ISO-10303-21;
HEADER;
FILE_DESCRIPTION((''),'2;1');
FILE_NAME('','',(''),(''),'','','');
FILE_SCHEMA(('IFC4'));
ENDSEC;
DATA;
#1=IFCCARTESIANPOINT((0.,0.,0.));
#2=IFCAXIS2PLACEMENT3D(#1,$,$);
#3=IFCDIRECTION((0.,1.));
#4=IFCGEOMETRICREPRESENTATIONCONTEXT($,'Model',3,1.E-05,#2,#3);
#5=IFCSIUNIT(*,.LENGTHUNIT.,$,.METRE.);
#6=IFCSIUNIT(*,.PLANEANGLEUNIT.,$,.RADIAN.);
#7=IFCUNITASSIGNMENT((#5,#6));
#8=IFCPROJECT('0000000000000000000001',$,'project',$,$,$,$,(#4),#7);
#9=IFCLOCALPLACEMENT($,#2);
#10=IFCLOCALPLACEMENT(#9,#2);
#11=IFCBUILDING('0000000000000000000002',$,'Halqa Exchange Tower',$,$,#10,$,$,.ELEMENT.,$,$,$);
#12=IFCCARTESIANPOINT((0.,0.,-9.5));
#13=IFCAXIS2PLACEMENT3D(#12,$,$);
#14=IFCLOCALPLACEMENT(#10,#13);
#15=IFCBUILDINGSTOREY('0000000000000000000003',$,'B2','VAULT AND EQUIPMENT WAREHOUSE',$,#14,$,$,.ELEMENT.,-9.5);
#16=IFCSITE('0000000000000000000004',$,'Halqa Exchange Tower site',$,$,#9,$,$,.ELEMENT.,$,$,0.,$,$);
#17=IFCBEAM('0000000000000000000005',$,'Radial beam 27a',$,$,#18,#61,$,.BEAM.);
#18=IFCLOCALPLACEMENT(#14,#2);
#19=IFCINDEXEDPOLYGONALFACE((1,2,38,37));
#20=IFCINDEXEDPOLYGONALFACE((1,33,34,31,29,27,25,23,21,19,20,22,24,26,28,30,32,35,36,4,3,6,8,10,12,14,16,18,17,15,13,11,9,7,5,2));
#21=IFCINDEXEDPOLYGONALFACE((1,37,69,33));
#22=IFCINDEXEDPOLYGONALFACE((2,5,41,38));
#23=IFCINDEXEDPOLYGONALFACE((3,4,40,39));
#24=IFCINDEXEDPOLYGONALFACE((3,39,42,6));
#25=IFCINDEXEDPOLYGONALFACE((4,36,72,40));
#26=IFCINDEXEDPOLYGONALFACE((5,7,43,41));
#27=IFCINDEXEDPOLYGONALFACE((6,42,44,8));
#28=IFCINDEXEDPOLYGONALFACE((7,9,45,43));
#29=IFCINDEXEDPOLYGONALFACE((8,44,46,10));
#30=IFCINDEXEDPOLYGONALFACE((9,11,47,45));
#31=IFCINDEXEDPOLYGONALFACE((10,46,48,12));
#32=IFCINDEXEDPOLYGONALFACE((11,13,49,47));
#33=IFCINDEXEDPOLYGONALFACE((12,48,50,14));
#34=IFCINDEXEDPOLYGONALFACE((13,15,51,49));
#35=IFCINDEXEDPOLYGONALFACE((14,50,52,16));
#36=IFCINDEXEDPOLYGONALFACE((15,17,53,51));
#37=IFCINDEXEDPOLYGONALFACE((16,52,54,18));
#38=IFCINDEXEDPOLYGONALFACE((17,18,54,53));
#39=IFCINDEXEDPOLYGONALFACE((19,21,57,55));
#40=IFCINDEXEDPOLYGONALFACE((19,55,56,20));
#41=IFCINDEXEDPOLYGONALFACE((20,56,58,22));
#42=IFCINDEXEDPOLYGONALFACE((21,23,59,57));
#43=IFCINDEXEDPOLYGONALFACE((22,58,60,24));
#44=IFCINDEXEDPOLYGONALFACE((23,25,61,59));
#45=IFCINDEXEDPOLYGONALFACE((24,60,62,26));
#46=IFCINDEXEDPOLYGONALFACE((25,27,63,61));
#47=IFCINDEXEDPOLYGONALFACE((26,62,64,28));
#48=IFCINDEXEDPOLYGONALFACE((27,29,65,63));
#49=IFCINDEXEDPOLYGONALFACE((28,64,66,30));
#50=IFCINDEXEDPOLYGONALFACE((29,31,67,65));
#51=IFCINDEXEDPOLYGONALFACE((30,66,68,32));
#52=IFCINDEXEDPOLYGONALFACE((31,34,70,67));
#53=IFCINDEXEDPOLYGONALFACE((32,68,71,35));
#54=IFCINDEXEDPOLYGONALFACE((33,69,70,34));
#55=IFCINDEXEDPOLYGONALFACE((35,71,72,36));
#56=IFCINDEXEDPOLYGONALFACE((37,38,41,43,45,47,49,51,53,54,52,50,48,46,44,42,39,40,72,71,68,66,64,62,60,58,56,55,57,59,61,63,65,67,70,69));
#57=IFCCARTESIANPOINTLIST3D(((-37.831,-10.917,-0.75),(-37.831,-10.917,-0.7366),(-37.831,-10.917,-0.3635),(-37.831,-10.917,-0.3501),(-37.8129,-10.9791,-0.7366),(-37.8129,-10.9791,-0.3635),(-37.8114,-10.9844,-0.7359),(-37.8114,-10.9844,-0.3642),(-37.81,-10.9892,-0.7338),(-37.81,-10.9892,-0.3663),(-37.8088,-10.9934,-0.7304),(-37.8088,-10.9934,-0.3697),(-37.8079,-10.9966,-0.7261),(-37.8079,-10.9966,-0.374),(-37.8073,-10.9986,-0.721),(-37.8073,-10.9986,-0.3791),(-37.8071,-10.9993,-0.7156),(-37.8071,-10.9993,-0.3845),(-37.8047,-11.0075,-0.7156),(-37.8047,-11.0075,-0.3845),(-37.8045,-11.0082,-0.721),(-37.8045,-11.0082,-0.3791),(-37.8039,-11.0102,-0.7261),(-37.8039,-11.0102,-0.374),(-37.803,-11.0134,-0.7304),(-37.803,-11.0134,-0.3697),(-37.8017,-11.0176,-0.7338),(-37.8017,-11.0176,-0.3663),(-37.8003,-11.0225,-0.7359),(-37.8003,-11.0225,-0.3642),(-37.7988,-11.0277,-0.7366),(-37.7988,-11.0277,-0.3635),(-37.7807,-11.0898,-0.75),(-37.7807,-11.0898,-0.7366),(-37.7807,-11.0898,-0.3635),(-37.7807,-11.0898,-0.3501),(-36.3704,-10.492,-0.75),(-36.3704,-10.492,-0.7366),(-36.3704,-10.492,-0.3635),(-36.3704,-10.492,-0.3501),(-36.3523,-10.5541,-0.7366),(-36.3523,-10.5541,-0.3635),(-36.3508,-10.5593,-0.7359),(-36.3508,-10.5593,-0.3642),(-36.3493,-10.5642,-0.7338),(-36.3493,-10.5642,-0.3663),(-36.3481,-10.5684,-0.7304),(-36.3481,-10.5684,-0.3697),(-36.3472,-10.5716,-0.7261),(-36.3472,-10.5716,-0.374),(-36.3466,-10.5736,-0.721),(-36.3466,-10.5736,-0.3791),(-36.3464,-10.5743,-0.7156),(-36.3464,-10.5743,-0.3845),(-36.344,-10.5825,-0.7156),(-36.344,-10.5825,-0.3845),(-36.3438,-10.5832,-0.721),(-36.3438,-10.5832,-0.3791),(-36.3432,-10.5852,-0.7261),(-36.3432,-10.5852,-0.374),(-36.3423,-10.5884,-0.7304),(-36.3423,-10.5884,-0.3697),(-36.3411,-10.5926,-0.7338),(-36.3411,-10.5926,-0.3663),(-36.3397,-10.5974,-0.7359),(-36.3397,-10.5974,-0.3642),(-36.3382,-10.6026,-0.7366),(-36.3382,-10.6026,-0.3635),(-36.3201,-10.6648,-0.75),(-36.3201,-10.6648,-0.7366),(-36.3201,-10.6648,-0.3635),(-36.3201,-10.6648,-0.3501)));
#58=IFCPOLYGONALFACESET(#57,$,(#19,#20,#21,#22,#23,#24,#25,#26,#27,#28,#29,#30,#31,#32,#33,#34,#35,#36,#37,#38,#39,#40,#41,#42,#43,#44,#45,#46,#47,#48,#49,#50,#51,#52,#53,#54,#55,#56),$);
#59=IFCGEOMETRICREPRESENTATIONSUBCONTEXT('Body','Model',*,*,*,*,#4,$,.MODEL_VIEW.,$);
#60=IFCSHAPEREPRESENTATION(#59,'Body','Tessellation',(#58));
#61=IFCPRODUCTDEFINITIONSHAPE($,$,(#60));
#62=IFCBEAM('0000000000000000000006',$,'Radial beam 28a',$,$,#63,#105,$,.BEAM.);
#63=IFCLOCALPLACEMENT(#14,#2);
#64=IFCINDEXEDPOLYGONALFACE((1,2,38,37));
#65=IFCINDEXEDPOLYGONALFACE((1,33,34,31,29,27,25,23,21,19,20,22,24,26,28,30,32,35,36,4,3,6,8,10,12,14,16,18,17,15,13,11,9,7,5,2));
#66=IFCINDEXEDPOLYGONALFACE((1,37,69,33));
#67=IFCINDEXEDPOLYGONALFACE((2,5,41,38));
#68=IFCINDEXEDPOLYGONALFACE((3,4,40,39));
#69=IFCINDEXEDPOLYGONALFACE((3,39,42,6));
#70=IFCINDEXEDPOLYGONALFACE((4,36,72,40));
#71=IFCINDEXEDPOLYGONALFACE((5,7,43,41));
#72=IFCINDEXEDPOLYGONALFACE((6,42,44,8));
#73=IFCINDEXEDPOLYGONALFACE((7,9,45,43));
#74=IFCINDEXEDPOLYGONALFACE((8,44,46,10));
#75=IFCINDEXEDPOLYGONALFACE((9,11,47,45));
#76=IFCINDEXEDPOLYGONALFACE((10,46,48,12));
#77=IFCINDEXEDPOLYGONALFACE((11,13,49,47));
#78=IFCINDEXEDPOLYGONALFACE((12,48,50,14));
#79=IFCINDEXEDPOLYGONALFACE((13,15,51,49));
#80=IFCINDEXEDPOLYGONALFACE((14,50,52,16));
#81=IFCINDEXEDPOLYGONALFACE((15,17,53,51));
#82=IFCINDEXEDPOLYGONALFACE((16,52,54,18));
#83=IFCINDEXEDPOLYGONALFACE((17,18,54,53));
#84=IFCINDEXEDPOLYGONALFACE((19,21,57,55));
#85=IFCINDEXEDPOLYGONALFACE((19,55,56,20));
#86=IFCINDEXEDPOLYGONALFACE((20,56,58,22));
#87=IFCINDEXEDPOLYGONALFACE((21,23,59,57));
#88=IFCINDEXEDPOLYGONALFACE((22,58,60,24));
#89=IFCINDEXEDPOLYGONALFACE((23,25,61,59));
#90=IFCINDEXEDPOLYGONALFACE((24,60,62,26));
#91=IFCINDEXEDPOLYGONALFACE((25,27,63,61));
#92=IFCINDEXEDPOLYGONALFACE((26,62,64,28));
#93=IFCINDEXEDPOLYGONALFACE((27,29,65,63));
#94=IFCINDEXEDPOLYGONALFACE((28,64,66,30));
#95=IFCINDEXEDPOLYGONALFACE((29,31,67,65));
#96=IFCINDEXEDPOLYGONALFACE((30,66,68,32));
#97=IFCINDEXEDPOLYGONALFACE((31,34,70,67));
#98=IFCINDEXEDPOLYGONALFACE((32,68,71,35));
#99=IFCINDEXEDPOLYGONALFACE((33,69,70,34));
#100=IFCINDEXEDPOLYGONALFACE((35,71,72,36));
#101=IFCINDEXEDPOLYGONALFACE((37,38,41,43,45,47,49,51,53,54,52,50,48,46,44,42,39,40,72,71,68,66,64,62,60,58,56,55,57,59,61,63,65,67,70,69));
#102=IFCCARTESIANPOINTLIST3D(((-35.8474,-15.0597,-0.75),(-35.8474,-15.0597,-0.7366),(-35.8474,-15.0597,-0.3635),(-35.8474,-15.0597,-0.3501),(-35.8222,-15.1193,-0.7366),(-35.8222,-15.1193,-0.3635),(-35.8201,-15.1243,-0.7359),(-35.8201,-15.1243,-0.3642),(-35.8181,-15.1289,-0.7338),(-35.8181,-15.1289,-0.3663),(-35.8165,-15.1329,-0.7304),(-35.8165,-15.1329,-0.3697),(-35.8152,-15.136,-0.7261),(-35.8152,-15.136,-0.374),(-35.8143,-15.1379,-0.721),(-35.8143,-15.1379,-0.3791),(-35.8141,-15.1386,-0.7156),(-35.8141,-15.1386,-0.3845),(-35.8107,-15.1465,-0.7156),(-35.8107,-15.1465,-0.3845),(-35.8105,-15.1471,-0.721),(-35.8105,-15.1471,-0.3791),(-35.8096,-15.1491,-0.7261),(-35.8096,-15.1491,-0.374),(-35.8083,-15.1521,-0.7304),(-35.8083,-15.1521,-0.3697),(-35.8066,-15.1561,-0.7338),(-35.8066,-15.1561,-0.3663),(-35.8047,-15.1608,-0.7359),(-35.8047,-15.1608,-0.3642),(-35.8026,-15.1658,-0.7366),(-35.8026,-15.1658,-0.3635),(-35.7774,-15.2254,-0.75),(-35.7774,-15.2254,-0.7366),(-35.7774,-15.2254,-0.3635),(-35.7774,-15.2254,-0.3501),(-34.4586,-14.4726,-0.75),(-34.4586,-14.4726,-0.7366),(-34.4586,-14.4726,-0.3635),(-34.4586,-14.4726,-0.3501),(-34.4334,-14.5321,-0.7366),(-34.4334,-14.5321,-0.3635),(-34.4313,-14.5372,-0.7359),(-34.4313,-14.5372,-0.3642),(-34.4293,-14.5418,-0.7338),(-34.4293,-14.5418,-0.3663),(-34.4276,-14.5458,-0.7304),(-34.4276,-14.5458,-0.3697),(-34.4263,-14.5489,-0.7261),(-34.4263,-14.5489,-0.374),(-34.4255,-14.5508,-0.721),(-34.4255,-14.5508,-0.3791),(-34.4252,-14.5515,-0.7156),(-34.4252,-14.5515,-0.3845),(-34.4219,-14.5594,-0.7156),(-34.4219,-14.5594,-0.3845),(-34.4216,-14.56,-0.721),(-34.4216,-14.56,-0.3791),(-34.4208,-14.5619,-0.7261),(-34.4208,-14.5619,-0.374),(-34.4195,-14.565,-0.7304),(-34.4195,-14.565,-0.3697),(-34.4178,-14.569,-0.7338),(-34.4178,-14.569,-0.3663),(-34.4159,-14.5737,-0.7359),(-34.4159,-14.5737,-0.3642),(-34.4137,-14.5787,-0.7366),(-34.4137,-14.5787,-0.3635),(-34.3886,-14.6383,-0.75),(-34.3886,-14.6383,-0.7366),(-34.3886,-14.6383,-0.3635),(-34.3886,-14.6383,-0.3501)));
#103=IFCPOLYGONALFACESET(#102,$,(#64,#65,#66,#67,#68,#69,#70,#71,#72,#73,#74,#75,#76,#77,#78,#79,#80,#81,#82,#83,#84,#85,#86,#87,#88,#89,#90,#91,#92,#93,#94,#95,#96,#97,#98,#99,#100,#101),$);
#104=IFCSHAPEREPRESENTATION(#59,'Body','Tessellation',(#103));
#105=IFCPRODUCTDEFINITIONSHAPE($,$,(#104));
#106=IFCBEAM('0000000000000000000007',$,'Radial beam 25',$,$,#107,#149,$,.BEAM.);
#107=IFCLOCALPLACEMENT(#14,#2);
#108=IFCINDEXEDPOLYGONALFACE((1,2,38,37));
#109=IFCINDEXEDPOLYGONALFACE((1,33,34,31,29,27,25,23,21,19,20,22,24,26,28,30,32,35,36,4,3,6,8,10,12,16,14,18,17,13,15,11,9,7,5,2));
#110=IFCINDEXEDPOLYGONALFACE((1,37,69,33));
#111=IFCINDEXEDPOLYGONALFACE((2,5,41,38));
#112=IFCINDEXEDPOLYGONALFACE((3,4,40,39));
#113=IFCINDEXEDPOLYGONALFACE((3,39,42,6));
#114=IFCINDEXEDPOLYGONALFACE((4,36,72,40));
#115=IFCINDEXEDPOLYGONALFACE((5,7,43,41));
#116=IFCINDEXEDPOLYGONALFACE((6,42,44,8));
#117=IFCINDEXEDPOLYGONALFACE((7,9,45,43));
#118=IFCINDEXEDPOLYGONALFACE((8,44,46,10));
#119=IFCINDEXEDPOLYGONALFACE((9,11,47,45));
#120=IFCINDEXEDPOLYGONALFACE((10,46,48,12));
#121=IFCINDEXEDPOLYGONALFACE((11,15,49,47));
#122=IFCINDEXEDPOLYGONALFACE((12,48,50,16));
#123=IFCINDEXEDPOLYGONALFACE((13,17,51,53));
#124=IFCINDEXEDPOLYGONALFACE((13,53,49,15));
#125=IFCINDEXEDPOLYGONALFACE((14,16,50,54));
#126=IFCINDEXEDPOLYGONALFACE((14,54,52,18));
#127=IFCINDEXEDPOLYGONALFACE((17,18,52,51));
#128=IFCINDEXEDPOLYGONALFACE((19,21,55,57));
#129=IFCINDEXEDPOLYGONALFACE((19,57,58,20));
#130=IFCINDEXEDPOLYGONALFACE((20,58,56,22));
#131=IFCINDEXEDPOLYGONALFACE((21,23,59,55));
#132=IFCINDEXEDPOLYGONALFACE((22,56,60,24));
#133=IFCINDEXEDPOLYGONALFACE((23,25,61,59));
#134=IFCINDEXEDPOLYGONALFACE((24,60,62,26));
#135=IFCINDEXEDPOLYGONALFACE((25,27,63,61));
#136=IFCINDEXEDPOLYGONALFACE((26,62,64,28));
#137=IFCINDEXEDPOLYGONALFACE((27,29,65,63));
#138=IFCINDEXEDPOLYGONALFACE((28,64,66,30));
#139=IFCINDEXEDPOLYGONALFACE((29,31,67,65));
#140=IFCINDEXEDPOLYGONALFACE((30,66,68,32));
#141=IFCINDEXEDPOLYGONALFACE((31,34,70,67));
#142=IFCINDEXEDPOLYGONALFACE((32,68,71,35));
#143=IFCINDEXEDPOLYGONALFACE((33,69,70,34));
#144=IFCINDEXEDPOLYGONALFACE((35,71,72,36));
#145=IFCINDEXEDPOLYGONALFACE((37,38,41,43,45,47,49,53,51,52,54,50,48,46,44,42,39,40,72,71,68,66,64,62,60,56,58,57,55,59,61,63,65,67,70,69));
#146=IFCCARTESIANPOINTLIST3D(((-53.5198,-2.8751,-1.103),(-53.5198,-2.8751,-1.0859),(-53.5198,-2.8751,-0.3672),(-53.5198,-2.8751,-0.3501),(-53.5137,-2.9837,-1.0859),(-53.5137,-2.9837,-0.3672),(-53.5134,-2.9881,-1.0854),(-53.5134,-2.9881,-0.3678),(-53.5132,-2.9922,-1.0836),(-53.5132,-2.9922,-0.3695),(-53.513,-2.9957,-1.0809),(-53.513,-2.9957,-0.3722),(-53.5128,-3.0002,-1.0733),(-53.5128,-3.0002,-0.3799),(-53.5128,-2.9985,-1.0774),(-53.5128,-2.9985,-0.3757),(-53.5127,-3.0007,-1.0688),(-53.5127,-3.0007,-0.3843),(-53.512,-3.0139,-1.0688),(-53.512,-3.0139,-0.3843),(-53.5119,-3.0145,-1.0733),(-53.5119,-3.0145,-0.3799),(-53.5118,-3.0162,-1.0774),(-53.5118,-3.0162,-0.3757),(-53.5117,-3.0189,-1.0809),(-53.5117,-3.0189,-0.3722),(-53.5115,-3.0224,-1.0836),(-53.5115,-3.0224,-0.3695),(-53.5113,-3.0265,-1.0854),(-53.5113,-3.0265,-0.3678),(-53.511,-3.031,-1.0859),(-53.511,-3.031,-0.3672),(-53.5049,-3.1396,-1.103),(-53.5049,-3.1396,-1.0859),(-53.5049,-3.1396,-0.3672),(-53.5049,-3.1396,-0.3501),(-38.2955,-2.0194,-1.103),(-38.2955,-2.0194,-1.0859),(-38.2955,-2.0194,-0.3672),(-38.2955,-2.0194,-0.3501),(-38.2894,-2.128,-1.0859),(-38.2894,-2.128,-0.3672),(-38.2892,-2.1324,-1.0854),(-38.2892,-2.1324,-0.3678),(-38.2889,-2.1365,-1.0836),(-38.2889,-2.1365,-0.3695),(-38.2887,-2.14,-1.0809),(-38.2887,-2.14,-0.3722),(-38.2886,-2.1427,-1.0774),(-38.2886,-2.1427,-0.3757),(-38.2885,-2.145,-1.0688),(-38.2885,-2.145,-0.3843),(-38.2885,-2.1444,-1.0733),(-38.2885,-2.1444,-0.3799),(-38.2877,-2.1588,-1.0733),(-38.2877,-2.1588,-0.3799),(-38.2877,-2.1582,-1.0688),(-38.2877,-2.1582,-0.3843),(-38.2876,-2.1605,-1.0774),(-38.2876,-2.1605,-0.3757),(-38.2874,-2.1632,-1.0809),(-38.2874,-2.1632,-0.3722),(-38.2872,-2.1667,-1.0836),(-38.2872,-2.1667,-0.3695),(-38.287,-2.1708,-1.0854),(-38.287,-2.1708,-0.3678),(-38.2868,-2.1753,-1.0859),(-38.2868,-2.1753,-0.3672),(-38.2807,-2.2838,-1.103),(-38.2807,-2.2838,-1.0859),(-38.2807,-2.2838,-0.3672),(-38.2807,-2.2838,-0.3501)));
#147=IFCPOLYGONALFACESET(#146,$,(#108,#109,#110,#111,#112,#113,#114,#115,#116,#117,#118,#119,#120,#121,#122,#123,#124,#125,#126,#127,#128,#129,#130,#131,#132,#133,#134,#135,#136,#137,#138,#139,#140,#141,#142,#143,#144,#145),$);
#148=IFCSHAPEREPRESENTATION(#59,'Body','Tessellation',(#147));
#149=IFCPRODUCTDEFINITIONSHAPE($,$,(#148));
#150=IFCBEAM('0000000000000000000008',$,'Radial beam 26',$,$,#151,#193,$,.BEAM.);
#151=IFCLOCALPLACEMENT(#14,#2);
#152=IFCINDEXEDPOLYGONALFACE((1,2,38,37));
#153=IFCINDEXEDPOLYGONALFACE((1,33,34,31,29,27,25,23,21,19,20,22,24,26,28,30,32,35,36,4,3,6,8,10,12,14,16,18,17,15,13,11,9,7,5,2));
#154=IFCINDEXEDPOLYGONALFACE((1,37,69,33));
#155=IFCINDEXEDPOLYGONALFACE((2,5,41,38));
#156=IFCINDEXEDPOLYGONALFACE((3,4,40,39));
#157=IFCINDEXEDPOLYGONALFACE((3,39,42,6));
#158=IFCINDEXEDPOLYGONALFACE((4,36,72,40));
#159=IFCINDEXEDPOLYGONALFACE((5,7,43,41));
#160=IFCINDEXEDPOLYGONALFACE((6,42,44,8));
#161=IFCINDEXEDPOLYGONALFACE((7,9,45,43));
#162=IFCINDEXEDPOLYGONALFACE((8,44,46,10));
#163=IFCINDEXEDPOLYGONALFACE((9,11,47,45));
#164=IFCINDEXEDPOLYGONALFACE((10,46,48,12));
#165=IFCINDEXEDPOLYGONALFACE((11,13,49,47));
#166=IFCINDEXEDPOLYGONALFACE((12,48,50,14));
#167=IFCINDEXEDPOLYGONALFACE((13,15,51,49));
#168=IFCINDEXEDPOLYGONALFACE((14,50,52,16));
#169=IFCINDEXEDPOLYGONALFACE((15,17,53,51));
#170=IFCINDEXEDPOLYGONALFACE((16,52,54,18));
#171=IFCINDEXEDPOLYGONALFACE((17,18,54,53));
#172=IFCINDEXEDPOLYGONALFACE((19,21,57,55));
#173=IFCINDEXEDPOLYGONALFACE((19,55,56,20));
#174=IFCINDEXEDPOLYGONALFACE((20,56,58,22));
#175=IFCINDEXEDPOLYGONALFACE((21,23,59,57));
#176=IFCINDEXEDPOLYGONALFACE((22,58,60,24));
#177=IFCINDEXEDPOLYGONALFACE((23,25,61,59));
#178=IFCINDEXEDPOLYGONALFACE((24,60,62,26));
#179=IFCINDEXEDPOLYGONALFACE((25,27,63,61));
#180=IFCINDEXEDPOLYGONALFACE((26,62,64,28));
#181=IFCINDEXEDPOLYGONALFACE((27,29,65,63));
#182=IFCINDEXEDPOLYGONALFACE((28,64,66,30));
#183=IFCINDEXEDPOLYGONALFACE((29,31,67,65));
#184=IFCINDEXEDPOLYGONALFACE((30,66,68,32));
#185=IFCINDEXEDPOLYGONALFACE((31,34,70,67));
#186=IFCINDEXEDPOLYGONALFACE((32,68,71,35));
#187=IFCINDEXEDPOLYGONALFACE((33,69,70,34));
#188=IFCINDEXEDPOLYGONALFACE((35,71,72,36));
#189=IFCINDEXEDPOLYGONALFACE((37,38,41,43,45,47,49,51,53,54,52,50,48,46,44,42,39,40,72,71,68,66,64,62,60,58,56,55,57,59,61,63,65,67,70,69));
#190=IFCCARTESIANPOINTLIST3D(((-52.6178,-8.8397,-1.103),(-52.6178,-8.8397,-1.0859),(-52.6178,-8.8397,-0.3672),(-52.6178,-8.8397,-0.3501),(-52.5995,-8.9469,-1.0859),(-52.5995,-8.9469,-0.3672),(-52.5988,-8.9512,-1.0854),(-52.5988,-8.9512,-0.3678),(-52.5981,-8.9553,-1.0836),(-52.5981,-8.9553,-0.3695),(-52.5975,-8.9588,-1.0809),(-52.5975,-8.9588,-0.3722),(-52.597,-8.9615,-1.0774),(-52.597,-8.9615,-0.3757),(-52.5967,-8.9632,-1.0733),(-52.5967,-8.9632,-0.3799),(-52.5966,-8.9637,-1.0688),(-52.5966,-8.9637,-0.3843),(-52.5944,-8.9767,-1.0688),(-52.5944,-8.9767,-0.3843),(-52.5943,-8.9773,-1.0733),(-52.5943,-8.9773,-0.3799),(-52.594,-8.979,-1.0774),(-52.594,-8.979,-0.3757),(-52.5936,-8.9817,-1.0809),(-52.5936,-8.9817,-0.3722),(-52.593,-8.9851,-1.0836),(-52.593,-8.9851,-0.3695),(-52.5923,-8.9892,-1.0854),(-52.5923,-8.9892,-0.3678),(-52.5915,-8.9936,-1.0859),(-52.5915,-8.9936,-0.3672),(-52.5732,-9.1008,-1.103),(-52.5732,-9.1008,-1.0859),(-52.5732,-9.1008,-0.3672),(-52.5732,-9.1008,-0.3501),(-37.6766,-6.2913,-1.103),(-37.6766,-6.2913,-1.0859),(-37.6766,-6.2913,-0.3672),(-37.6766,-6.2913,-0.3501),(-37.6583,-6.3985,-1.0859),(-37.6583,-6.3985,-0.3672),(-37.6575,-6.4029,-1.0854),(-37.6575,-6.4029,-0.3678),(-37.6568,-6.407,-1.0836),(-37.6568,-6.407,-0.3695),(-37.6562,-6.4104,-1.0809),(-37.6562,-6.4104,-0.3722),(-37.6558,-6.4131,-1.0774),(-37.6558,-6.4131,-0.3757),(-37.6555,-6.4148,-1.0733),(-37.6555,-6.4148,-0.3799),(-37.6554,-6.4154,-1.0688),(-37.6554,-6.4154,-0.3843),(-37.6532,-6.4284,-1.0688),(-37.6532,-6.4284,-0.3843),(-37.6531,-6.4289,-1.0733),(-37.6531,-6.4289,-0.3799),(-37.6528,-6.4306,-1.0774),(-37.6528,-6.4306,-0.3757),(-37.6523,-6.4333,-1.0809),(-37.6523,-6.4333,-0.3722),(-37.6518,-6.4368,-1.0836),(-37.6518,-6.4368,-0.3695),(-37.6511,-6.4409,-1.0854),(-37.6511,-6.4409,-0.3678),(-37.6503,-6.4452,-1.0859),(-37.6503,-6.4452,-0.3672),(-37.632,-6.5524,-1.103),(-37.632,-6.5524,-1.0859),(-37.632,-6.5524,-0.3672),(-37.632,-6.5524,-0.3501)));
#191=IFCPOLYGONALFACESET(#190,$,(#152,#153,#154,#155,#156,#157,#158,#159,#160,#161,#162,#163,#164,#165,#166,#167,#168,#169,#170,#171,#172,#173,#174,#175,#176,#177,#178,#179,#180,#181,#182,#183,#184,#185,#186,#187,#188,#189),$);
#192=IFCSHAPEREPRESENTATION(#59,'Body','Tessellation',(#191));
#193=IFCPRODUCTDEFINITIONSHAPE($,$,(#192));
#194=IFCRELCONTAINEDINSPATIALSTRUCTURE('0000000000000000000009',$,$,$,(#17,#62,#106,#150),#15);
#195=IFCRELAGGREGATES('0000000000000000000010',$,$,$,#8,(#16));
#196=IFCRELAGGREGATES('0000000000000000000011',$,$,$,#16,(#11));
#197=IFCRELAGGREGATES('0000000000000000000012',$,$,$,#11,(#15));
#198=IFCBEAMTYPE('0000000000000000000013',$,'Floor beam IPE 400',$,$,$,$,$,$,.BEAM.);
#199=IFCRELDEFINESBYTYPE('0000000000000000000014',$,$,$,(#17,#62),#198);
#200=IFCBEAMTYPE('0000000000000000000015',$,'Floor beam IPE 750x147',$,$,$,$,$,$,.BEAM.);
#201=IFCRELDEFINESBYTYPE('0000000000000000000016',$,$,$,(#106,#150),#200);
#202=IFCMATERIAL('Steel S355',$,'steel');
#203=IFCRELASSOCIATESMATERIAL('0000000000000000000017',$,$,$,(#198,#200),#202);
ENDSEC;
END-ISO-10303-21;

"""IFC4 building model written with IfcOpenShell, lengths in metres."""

from ifc_helpers import new_model, si_unit, direction, frame, origin, origin_2d, place, context, subcontext, project, spatial, i_section, extrude, material, material_profile, profile_set, type_object, element, save


model = new_model("IFC4")

# Units and contexts
model_context = context("Model", 3, precision=1e-05, world=origin(), true_north=direction((0.0, 1.0)))
body_context = subcontext(model_context, "Body", "Model", "MODEL_VIEW")
ifc_project = project(units=[si_unit("LENGTHUNIT", "METRE"), si_unit("PLANEANGLEUNIT", "RADIAN")], contexts=[model_context])

# Site, building, storey
site_placement = place(None, origin())
site = spatial("IfcSite", under=ifc_project, at=site_placement, Name="Halqa Exchange Tower site", CompositionType="ELEMENT", RefElevation=0.0)
building_placement = place(site_placement, origin())
building = spatial("IfcBuilding", under=site, at=building_placement, Name="Halqa Exchange Tower", CompositionType="ELEMENT")
storey_placement = place(building_placement, frame((0.0, 0.0, -9.5)))
storey = spatial("IfcBuildingStorey", under=building, at=storey_placement, Name="B2", Description="VAULT AND EQUIPMENT WAREHOUSE", CompositionType="ELEMENT", Elevation=-9.5)

# Beams
ifc_material_1 = material(Name="Steel S355", Category="steel")
ifc_material_profile_1 = material_profile(ifc_material_1, i_section(OverallWidth=0.1799, OverallDepth=0.3999, WebThickness=0.0085, FlangeThickness=0.0134, FilletRadius=0.021, at=origin_2d()), Name="IPE 400")
ifc_profile_set_1 = profile_set([ifc_material_profile_1], Name="Steel S355")
beam_type_1 = type_object("IfcBeamType", Name="Floor beam IPE 400", PredefinedType="BEAM", material=ifc_profile_set_1)
beam_1_placement = place(storey_placement, frame((-36.3452, -10.5784, -0.55), z_axis=(-0.960174, -0.279402, 0.0), x_axis=(0.279402, -0.960174, 0.0)))
element("IfcBeam", 1, at=beam_1_placement, inside=storey, type_object=beam_type_1, Name="Radial beam 27a", PredefinedType="BEAM", context=body_context, shape_type="SweptSolid", body=[
    extrude(i_section(OverallWidth=0.1799, OverallDepth=0.3999, WebThickness=0.0085, FlangeThickness=0.0134, FilletRadius=0.021, at=origin_2d()), origin(), (0.0, 0.0, 1.0), 1.5212),
])
beam_2_placement = place(storey_placement, frame((-34.4236, -14.5554, -0.55), z_axis=(-0.921077, -0.389381, 0.0), x_axis=(0.389381, -0.921077, 0.0)))
element("IfcBeam", 2, at=beam_2_placement, inside=storey, type_object=beam_type_1, Name="Radial beam 28a", PredefinedType="BEAM", context=body_context, shape_type="SweptSolid", body=[
    extrude(i_section(OverallWidth=0.1799, OverallDepth=0.3999, WebThickness=0.0085, FlangeThickness=0.0134, FilletRadius=0.021, at=origin_2d()), origin(), (0.0, 0.0, 1.0), 1.5078),
])
ifc_material_profile_2 = material_profile(ifc_material_1, i_section(OverallWidth=0.2649, OverallDepth=0.7529, WebThickness=0.0132, FlangeThickness=0.0171, FilletRadius=0.0171, at=origin_2d()), Name="IPE 750x147")
ifc_profile_set_2 = profile_set([ifc_material_profile_2], Name="Steel S355")
beam_type_2 = type_object("IfcBeamType", Name="Floor beam IPE 750x147", PredefinedType="BEAM", material=ifc_profile_set_2)
beam_3_placement = place(storey_placement, frame((-38.2881, -2.1516, -0.7266), z_axis=(-0.998424, -0.056118, 0.0), x_axis=(0.056118, -0.998424, 0.0)))
element("IfcBeam", 3, at=beam_3_placement, inside=storey, type_object=beam_type_2, Name="Radial beam 25", PredefinedType="BEAM", context=body_context, shape_type="SweptSolid", body=[
    extrude(i_section(OverallWidth=0.2649, OverallDepth=0.7529, WebThickness=0.0132, FlangeThickness=0.0171, FilletRadius=0.0171, at=origin_2d()), origin(), (0.0, 0.0, 1.0), 15.2483),
])
beam_4_placement = place(storey_placement, frame((-37.6543, -6.4219, -0.7266), z_axis=(-0.985765, -0.16813, 0.0), x_axis=(0.16813, -0.985765, 0.0)))
element("IfcBeam", 4, at=beam_4_placement, inside=storey, type_object=beam_type_2, Name="Radial beam 26", PredefinedType="BEAM", context=body_context, shape_type="SweptSolid", body=[
    extrude(i_section(OverallWidth=0.2649, OverallDepth=0.7529, WebThickness=0.0132, FlangeThickness=0.0171, FilletRadius=0.0171, at=origin_2d()), origin(), (0.0, 0.0, 1.0), 15.157),
])

save(model, "model.ifc")
